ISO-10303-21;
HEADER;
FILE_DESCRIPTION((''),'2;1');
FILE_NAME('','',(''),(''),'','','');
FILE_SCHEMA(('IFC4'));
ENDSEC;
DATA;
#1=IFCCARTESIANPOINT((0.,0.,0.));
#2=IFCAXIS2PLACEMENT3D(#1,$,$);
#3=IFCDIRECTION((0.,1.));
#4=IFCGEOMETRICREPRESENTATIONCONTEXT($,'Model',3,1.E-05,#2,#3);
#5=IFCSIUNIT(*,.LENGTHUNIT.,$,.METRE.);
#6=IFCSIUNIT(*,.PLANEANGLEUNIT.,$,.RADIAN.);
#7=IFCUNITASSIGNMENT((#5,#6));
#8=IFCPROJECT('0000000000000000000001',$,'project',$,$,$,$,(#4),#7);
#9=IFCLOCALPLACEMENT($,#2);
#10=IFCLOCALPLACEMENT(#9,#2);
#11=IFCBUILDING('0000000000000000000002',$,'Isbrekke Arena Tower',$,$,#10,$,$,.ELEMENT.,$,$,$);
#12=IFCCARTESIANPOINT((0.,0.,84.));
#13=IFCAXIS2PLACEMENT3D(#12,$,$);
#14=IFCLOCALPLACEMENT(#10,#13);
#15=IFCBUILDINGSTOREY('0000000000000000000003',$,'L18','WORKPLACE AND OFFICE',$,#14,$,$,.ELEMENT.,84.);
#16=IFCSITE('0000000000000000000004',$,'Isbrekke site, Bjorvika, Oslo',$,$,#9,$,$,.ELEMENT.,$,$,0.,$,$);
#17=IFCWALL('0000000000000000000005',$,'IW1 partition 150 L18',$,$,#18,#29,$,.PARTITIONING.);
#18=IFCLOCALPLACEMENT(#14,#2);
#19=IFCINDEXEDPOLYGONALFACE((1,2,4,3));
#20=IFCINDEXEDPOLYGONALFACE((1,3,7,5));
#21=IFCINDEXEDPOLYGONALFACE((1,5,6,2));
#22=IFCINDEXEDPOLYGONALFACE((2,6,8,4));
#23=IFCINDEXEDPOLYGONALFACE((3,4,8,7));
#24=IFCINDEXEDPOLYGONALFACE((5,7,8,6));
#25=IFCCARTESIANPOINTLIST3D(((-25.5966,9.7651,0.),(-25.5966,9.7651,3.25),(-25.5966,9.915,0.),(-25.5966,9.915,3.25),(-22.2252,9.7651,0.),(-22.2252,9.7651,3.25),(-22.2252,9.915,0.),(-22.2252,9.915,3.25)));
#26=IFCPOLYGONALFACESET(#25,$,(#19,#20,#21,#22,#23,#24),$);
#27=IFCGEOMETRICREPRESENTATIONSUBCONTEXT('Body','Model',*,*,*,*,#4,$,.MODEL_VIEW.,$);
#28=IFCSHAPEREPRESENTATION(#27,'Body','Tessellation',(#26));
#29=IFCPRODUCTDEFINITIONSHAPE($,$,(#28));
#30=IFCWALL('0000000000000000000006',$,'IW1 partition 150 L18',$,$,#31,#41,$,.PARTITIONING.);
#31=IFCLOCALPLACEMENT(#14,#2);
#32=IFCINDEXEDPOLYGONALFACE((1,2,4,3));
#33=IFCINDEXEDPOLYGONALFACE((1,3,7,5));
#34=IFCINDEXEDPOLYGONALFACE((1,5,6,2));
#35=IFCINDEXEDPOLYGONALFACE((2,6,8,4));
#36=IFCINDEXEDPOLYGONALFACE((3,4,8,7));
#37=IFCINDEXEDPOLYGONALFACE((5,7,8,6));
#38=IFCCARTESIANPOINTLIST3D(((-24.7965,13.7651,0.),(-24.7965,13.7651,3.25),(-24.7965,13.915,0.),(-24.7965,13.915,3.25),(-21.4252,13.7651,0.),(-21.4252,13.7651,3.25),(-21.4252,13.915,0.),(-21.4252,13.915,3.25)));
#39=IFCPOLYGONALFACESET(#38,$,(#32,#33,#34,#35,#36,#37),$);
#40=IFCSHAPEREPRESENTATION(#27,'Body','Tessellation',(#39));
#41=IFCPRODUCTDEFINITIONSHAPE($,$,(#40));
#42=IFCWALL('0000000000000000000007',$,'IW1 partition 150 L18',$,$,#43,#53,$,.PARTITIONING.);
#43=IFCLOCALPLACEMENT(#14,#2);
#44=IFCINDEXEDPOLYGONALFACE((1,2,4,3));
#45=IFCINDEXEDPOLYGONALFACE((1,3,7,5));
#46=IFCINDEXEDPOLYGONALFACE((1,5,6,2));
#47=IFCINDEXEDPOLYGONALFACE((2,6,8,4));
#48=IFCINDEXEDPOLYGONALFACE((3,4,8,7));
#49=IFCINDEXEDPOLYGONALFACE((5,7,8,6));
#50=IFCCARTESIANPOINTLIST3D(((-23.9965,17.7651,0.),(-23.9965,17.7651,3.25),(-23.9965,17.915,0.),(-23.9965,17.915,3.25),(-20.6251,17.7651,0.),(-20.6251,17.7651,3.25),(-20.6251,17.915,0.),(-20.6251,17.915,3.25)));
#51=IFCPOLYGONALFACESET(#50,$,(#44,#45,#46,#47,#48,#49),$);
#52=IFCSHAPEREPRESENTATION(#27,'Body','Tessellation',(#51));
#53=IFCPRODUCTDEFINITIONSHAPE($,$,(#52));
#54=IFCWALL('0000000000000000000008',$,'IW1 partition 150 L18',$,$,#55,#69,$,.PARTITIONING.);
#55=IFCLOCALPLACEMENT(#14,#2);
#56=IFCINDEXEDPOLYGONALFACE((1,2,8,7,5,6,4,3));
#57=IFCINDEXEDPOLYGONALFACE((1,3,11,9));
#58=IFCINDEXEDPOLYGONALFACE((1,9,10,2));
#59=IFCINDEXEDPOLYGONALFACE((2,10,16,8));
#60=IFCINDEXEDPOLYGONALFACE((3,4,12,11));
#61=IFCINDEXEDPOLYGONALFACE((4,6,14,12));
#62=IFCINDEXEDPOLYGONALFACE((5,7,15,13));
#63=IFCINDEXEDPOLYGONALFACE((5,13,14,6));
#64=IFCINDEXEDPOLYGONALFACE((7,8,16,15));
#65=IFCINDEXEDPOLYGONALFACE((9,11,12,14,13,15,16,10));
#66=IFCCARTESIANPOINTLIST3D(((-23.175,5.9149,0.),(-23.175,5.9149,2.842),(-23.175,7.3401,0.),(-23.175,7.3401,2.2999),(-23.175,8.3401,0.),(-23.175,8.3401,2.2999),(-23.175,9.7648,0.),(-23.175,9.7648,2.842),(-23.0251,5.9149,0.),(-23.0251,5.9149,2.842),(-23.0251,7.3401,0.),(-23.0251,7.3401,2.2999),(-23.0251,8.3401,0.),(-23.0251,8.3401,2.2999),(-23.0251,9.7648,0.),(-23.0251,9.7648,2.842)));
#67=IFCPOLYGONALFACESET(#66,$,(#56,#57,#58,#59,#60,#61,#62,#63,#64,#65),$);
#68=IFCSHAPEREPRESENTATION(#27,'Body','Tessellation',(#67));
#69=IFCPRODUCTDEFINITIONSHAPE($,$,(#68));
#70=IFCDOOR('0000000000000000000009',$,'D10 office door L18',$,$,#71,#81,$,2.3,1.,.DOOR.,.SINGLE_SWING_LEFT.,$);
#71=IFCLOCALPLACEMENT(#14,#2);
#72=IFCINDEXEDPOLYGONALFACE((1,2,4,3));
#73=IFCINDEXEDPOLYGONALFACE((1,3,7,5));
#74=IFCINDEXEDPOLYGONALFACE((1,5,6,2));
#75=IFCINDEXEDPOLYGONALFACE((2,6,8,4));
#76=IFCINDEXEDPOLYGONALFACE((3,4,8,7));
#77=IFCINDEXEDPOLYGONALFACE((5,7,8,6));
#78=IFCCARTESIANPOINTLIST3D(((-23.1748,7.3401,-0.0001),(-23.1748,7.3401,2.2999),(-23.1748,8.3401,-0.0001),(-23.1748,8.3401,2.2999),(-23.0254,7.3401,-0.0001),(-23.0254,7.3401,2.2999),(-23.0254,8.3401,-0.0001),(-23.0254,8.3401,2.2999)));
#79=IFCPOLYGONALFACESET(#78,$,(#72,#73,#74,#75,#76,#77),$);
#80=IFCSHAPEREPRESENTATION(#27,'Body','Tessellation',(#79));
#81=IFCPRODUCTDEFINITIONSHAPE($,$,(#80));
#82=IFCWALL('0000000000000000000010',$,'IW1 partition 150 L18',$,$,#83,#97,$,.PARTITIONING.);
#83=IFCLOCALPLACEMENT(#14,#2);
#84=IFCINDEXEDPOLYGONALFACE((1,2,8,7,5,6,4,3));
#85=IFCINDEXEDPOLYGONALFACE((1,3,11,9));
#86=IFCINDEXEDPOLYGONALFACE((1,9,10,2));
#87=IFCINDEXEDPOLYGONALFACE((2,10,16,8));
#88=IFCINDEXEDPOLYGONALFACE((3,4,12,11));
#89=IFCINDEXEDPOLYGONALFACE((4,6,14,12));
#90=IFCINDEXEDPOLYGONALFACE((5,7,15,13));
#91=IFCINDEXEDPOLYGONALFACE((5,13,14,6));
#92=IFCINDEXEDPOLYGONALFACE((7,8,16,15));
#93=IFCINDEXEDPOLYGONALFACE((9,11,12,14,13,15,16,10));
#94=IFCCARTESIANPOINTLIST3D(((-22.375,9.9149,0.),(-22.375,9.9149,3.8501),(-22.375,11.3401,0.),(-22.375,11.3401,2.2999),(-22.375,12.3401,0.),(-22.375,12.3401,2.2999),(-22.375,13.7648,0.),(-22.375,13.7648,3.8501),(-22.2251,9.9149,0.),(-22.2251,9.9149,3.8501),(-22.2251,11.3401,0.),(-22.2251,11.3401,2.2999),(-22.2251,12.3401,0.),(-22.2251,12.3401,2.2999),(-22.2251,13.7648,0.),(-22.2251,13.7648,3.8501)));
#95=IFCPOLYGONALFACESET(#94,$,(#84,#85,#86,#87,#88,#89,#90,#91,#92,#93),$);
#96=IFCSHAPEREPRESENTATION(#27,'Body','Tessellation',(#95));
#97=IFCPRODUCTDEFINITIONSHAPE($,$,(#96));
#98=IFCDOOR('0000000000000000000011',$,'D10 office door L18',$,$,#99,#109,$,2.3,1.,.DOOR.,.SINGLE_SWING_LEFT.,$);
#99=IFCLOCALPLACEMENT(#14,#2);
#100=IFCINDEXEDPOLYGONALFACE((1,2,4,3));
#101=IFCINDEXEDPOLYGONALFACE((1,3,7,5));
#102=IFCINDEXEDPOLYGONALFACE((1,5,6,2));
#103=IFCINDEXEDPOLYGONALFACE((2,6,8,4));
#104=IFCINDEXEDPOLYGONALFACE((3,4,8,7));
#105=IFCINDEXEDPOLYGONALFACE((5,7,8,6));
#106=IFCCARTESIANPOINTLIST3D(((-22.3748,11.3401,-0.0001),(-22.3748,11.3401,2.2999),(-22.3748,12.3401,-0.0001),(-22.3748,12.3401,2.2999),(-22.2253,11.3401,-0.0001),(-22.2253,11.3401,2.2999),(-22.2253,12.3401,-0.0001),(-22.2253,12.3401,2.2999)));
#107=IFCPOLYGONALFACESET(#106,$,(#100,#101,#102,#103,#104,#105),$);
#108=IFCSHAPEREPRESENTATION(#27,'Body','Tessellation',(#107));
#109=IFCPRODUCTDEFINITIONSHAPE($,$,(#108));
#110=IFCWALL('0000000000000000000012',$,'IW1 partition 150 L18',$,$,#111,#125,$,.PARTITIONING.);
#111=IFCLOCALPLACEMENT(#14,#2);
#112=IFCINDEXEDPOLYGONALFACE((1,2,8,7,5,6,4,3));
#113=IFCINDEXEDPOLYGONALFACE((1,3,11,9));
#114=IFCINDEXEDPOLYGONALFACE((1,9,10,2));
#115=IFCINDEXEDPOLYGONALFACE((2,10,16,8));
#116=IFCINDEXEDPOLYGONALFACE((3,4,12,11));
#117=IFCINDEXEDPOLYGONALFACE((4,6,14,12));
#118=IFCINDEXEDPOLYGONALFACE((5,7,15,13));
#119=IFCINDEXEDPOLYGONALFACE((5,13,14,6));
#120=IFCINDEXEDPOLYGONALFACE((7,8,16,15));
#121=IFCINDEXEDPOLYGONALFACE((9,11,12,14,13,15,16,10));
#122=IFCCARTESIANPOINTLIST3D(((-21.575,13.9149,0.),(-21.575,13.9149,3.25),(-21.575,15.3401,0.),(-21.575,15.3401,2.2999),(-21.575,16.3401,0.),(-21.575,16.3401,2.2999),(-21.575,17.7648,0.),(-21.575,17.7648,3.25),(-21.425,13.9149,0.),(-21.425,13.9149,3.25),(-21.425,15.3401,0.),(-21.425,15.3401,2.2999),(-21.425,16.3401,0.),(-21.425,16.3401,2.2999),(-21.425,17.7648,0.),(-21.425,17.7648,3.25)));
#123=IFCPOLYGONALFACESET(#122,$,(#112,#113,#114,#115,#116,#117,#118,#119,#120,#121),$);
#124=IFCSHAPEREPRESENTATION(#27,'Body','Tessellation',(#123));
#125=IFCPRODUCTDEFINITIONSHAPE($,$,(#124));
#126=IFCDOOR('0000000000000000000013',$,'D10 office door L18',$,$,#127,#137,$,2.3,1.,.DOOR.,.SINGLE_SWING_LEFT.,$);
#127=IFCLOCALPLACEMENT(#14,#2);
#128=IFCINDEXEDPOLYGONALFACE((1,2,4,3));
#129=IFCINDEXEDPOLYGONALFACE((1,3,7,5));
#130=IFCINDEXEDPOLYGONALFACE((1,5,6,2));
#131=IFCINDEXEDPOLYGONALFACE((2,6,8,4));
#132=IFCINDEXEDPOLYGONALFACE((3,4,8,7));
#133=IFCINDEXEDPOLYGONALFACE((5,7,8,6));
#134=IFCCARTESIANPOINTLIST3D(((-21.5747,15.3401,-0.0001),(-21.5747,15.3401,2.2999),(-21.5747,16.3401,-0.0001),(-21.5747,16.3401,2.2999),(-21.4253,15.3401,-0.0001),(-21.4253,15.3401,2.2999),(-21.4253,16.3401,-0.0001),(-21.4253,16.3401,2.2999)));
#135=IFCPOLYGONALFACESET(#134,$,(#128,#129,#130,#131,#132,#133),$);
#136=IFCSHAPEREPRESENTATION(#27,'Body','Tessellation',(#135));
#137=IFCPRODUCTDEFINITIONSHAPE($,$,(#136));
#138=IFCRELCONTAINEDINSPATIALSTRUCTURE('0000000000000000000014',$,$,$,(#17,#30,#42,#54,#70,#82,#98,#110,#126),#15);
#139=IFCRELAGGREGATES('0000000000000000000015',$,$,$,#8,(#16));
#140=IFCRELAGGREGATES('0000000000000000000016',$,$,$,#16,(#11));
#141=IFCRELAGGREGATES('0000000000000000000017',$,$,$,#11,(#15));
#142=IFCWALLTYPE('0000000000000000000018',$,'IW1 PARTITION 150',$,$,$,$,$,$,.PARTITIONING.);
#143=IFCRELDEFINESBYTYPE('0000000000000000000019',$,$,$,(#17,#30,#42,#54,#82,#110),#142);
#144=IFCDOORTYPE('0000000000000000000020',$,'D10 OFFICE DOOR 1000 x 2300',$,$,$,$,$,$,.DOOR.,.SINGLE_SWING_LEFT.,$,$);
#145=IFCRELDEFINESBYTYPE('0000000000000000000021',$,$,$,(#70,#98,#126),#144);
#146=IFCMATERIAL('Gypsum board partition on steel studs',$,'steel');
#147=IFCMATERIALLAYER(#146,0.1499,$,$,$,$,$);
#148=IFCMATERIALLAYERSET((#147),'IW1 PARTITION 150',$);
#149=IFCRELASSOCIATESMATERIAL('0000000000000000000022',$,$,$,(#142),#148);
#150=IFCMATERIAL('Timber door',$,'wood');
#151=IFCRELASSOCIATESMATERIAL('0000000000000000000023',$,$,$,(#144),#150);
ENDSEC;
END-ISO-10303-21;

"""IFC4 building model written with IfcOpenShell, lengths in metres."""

from ifc_helpers import new_model, si_unit, direction, frame, frame_2d, origin, place, context, subcontext, project, spatial, rectangle, extrude, material, layer, layer_set, type_object, element, fill, save


model = new_model("IFC4")

# Units and contexts
model_context = context("Model", 3, precision=1e-05, world=origin(), true_north=direction((0.0, 1.0)))
body_context = subcontext(model_context, "Body", "Model", "MODEL_VIEW")
ifc_project = project(units=[si_unit("LENGTHUNIT", "METRE"), si_unit("PLANEANGLEUNIT", "RADIAN")], contexts=[model_context])

# Site, building, storey
site_placement = place(None, origin())
site = spatial("IfcSite", under=ifc_project, at=site_placement, Name="Isbrekke site, Bjorvika, Oslo", CompositionType="ELEMENT", RefElevation=0.0)
building_placement = place(site_placement, origin())
building = spatial("IfcBuilding", under=site, at=building_placement, Name="Isbrekke Arena Tower", CompositionType="ELEMENT")
storey_placement = place(building_placement, frame((0.0, 0.0, 84.0)))
storey = spatial("IfcBuildingStorey", under=building, at=storey_placement, Name="L18", Description="WORKPLACE AND OFFICE", CompositionType="ELEMENT", Elevation=84.0)

# Walls
ifc_material_1 = material(Name="Gypsum board partition on steel studs", Category="steel")
ifc_layer_1 = layer(ifc_material_1, 0.1499)
ifc_layer_set_1 = layer_set([ifc_layer_1], Name="IW1 PARTITION 150")
wall_type = type_object("IfcWallType", Name="IW1 PARTITION 150", PredefinedType="PARTITIONING", material=ifc_layer_set_1)
for number, where, z_axis, x_axis, name in (
    (1, (-25.5964, 9.8401, 0.0), (0.0, 0.0, 1.0), (1.0, 0.0, 0.0), "IW1 partition 150 L18"),
    (2, (-24.7964, 13.8401, 0.0), (0.0, 0.0, 1.0), (1.0, 0.0, 0.0), "IW1 partition 150 L18"),
    (3, (-23.9963, 17.8401, 0.0), (0.0, 0.0, 1.0), (1.0, 0.0, 0.0), "IW1 partition 150 L18"),
):
    element("IfcWall", number, at=place(storey_placement, frame(where, z_axis=z_axis, x_axis=x_axis)), inside=storey, type_object=wall_type, Name=name, PredefinedType="PARTITIONING", context=body_context, shape_type="SweptSolid", body=[
        extrude(rectangle(XDim=3.3713, YDim=0.1499, at=frame_2d((1.6855, 0.0))), origin(), (0.0, 0.0, 1.0), 3.25),
    ])

# Walls, openings, doors
wall_1_placement = place(storey_placement, frame((-23.1001, 5.915, 0.0), z_axis=(0.0, 0.0, 1.0), x_axis=(0.0, 1.0, 0.0)))
wall_1 = element("IfcWall", 4, at=wall_1_placement, inside=storey, type_object=wall_type, Name="IW1 partition 150 L18", PredefinedType="PARTITIONING", context=body_context, shape_type="SweptSolid", body=[
    extrude(rectangle(XDim=3.8499, YDim=0.1499, at=frame_2d((1.9248, 0.0))), origin(), (0.0, 0.0, 1.0), 2.842),
])
opening_1_placement = place(wall_1_placement, frame((1.425, 0.0, 0.0)))
opening_1 = element("IfcOpeningElement", 5, at=opening_1_placement, cuts=wall_1, PredefinedType="OPENING", context=body_context, shape_type="SweptSolid", body=[
    extrude(rectangle(XDim=1.0, YDim=2.3, at=frame_2d((0.5, 1.1499))), frame((0.0, 0.0898, 0.0), z_axis=(0.0, -1.0, 0.0), x_axis=(1.0, 0.0, 0.0)), (0.0, 0.0, 1.0), 0.1797),
])
ifc_material_2 = material(Name="Timber door", Category="wood")
door_type = type_object("IfcDoorType", Name="D10 OFFICE DOOR 1000 x 2300", OperationType="SINGLE_SWING_LEFT", PredefinedType="DOOR", material=ifc_material_2)
door_1_placement = place(opening_1_placement, origin())
door_1 = element("IfcDoor", 6, at=door_1_placement, inside=storey, type_object=door_type, Name="D10 office door L18", OperationType="SINGLE_SWING_LEFT", OverallHeight=2.3, OverallWidth=1.0, PredefinedType="DOOR", context=body_context, shape_type="SweptSolid", body=[
    extrude(rectangle(XDim=1.0, YDim=2.3, at=frame_2d((0.5, 1.1499))), frame((0.0, 0.0747, 0.0), z_axis=(0.0, -1.0, 0.0), x_axis=(1.0, 0.0, 0.0)), (0.0, 0.0, 1.0), 0.1494),
])
fill(opening_1, door_1)
wall_2_placement = place(storey_placement, frame((-22.3, 9.915, 0.0), z_axis=(0.0, 0.0, 1.0), x_axis=(0.0, 1.0, 0.0)))
wall_2 = element("IfcWall", 7, at=wall_2_placement, inside=storey, type_object=wall_type, Name="IW1 partition 150 L18", PredefinedType="PARTITIONING", context=body_context, shape_type="SweptSolid", body=[
    extrude(rectangle(XDim=3.8499, YDim=0.1499, at=frame_2d((1.9248, 0.0))), origin(), (0.0, 0.0, 1.0), 3.8501),
])
opening_2_placement = place(wall_2_placement, frame((1.425, 0.0, 0.0)))
opening_2 = element("IfcOpeningElement", 8, at=opening_2_placement, cuts=wall_2, PredefinedType="OPENING", context=body_context, shape_type="SweptSolid", body=[
    extrude(rectangle(XDim=1.0, YDim=2.3, at=frame_2d((0.5, 1.1499))), frame((0.0, 0.0898, 0.0), z_axis=(0.0, -1.0, 0.0), x_axis=(1.0, 0.0, 0.0)), (0.0, 0.0, 1.0), 0.1797),
])
door_2_placement = place(opening_2_placement, origin())
door_2 = element("IfcDoor", 9, at=door_2_placement, inside=storey, type_object=door_type, Name="D10 office door L18", OperationType="SINGLE_SWING_LEFT", OverallHeight=2.3, OverallWidth=1.0, PredefinedType="DOOR", context=body_context, shape_type="SweptSolid", body=[
    extrude(rectangle(XDim=1.0, YDim=2.3, at=frame_2d((0.5, 1.1499))), frame((0.0, 0.0747, 0.0), z_axis=(0.0, -1.0, 0.0), x_axis=(1.0, 0.0, 0.0)), (0.0, 0.0, 1.0), 0.1494),
])
fill(opening_2, door_2)
wall_3_placement = place(storey_placement, frame((-21.5, 13.915, 0.0), z_axis=(0.0, 0.0, 1.0), x_axis=(0.0, 1.0, 0.0)))
wall_3 = element("IfcWall", 10, at=wall_3_placement, inside=storey, type_object=wall_type, Name="IW1 partition 150 L18", PredefinedType="PARTITIONING", context=body_context, shape_type="SweptSolid", body=[
    extrude(rectangle(XDim=3.8499, YDim=0.1499, at=frame_2d((1.9248, 0.0))), origin(), (0.0, 0.0, 1.0), 3.25),
])
opening_3_placement = place(wall_3_placement, frame((1.425, 0.0, 0.0)))
opening_3 = element("IfcOpeningElement", 11, at=opening_3_placement, cuts=wall_3, PredefinedType="OPENING", context=body_context, shape_type="SweptSolid", body=[
    extrude(rectangle(XDim=1.0, YDim=2.3, at=frame_2d((0.5, 1.1499))), frame((0.0, 0.0898, 0.0), z_axis=(0.0, -1.0, 0.0), x_axis=(1.0, 0.0, 0.0)), (0.0, 0.0, 1.0), 0.1797),
])
door_3_placement = place(opening_3_placement, origin())
door_3 = element("IfcDoor", 12, at=door_3_placement, inside=storey, type_object=door_type, Name="D10 office door L18", OperationType="SINGLE_SWING_LEFT", OverallHeight=2.3, OverallWidth=1.0, PredefinedType="DOOR", context=body_context, shape_type="SweptSolid", body=[
    extrude(rectangle(XDim=1.0, YDim=2.3, at=frame_2d((0.5, 1.1499))), frame((0.0, 0.0747, 0.0), z_axis=(0.0, -1.0, 0.0), x_axis=(1.0, 0.0, 0.0)), (0.0, 0.0, 1.0), 0.1494),
])
fill(opening_3, door_3)

save(model, "model.ifc")
